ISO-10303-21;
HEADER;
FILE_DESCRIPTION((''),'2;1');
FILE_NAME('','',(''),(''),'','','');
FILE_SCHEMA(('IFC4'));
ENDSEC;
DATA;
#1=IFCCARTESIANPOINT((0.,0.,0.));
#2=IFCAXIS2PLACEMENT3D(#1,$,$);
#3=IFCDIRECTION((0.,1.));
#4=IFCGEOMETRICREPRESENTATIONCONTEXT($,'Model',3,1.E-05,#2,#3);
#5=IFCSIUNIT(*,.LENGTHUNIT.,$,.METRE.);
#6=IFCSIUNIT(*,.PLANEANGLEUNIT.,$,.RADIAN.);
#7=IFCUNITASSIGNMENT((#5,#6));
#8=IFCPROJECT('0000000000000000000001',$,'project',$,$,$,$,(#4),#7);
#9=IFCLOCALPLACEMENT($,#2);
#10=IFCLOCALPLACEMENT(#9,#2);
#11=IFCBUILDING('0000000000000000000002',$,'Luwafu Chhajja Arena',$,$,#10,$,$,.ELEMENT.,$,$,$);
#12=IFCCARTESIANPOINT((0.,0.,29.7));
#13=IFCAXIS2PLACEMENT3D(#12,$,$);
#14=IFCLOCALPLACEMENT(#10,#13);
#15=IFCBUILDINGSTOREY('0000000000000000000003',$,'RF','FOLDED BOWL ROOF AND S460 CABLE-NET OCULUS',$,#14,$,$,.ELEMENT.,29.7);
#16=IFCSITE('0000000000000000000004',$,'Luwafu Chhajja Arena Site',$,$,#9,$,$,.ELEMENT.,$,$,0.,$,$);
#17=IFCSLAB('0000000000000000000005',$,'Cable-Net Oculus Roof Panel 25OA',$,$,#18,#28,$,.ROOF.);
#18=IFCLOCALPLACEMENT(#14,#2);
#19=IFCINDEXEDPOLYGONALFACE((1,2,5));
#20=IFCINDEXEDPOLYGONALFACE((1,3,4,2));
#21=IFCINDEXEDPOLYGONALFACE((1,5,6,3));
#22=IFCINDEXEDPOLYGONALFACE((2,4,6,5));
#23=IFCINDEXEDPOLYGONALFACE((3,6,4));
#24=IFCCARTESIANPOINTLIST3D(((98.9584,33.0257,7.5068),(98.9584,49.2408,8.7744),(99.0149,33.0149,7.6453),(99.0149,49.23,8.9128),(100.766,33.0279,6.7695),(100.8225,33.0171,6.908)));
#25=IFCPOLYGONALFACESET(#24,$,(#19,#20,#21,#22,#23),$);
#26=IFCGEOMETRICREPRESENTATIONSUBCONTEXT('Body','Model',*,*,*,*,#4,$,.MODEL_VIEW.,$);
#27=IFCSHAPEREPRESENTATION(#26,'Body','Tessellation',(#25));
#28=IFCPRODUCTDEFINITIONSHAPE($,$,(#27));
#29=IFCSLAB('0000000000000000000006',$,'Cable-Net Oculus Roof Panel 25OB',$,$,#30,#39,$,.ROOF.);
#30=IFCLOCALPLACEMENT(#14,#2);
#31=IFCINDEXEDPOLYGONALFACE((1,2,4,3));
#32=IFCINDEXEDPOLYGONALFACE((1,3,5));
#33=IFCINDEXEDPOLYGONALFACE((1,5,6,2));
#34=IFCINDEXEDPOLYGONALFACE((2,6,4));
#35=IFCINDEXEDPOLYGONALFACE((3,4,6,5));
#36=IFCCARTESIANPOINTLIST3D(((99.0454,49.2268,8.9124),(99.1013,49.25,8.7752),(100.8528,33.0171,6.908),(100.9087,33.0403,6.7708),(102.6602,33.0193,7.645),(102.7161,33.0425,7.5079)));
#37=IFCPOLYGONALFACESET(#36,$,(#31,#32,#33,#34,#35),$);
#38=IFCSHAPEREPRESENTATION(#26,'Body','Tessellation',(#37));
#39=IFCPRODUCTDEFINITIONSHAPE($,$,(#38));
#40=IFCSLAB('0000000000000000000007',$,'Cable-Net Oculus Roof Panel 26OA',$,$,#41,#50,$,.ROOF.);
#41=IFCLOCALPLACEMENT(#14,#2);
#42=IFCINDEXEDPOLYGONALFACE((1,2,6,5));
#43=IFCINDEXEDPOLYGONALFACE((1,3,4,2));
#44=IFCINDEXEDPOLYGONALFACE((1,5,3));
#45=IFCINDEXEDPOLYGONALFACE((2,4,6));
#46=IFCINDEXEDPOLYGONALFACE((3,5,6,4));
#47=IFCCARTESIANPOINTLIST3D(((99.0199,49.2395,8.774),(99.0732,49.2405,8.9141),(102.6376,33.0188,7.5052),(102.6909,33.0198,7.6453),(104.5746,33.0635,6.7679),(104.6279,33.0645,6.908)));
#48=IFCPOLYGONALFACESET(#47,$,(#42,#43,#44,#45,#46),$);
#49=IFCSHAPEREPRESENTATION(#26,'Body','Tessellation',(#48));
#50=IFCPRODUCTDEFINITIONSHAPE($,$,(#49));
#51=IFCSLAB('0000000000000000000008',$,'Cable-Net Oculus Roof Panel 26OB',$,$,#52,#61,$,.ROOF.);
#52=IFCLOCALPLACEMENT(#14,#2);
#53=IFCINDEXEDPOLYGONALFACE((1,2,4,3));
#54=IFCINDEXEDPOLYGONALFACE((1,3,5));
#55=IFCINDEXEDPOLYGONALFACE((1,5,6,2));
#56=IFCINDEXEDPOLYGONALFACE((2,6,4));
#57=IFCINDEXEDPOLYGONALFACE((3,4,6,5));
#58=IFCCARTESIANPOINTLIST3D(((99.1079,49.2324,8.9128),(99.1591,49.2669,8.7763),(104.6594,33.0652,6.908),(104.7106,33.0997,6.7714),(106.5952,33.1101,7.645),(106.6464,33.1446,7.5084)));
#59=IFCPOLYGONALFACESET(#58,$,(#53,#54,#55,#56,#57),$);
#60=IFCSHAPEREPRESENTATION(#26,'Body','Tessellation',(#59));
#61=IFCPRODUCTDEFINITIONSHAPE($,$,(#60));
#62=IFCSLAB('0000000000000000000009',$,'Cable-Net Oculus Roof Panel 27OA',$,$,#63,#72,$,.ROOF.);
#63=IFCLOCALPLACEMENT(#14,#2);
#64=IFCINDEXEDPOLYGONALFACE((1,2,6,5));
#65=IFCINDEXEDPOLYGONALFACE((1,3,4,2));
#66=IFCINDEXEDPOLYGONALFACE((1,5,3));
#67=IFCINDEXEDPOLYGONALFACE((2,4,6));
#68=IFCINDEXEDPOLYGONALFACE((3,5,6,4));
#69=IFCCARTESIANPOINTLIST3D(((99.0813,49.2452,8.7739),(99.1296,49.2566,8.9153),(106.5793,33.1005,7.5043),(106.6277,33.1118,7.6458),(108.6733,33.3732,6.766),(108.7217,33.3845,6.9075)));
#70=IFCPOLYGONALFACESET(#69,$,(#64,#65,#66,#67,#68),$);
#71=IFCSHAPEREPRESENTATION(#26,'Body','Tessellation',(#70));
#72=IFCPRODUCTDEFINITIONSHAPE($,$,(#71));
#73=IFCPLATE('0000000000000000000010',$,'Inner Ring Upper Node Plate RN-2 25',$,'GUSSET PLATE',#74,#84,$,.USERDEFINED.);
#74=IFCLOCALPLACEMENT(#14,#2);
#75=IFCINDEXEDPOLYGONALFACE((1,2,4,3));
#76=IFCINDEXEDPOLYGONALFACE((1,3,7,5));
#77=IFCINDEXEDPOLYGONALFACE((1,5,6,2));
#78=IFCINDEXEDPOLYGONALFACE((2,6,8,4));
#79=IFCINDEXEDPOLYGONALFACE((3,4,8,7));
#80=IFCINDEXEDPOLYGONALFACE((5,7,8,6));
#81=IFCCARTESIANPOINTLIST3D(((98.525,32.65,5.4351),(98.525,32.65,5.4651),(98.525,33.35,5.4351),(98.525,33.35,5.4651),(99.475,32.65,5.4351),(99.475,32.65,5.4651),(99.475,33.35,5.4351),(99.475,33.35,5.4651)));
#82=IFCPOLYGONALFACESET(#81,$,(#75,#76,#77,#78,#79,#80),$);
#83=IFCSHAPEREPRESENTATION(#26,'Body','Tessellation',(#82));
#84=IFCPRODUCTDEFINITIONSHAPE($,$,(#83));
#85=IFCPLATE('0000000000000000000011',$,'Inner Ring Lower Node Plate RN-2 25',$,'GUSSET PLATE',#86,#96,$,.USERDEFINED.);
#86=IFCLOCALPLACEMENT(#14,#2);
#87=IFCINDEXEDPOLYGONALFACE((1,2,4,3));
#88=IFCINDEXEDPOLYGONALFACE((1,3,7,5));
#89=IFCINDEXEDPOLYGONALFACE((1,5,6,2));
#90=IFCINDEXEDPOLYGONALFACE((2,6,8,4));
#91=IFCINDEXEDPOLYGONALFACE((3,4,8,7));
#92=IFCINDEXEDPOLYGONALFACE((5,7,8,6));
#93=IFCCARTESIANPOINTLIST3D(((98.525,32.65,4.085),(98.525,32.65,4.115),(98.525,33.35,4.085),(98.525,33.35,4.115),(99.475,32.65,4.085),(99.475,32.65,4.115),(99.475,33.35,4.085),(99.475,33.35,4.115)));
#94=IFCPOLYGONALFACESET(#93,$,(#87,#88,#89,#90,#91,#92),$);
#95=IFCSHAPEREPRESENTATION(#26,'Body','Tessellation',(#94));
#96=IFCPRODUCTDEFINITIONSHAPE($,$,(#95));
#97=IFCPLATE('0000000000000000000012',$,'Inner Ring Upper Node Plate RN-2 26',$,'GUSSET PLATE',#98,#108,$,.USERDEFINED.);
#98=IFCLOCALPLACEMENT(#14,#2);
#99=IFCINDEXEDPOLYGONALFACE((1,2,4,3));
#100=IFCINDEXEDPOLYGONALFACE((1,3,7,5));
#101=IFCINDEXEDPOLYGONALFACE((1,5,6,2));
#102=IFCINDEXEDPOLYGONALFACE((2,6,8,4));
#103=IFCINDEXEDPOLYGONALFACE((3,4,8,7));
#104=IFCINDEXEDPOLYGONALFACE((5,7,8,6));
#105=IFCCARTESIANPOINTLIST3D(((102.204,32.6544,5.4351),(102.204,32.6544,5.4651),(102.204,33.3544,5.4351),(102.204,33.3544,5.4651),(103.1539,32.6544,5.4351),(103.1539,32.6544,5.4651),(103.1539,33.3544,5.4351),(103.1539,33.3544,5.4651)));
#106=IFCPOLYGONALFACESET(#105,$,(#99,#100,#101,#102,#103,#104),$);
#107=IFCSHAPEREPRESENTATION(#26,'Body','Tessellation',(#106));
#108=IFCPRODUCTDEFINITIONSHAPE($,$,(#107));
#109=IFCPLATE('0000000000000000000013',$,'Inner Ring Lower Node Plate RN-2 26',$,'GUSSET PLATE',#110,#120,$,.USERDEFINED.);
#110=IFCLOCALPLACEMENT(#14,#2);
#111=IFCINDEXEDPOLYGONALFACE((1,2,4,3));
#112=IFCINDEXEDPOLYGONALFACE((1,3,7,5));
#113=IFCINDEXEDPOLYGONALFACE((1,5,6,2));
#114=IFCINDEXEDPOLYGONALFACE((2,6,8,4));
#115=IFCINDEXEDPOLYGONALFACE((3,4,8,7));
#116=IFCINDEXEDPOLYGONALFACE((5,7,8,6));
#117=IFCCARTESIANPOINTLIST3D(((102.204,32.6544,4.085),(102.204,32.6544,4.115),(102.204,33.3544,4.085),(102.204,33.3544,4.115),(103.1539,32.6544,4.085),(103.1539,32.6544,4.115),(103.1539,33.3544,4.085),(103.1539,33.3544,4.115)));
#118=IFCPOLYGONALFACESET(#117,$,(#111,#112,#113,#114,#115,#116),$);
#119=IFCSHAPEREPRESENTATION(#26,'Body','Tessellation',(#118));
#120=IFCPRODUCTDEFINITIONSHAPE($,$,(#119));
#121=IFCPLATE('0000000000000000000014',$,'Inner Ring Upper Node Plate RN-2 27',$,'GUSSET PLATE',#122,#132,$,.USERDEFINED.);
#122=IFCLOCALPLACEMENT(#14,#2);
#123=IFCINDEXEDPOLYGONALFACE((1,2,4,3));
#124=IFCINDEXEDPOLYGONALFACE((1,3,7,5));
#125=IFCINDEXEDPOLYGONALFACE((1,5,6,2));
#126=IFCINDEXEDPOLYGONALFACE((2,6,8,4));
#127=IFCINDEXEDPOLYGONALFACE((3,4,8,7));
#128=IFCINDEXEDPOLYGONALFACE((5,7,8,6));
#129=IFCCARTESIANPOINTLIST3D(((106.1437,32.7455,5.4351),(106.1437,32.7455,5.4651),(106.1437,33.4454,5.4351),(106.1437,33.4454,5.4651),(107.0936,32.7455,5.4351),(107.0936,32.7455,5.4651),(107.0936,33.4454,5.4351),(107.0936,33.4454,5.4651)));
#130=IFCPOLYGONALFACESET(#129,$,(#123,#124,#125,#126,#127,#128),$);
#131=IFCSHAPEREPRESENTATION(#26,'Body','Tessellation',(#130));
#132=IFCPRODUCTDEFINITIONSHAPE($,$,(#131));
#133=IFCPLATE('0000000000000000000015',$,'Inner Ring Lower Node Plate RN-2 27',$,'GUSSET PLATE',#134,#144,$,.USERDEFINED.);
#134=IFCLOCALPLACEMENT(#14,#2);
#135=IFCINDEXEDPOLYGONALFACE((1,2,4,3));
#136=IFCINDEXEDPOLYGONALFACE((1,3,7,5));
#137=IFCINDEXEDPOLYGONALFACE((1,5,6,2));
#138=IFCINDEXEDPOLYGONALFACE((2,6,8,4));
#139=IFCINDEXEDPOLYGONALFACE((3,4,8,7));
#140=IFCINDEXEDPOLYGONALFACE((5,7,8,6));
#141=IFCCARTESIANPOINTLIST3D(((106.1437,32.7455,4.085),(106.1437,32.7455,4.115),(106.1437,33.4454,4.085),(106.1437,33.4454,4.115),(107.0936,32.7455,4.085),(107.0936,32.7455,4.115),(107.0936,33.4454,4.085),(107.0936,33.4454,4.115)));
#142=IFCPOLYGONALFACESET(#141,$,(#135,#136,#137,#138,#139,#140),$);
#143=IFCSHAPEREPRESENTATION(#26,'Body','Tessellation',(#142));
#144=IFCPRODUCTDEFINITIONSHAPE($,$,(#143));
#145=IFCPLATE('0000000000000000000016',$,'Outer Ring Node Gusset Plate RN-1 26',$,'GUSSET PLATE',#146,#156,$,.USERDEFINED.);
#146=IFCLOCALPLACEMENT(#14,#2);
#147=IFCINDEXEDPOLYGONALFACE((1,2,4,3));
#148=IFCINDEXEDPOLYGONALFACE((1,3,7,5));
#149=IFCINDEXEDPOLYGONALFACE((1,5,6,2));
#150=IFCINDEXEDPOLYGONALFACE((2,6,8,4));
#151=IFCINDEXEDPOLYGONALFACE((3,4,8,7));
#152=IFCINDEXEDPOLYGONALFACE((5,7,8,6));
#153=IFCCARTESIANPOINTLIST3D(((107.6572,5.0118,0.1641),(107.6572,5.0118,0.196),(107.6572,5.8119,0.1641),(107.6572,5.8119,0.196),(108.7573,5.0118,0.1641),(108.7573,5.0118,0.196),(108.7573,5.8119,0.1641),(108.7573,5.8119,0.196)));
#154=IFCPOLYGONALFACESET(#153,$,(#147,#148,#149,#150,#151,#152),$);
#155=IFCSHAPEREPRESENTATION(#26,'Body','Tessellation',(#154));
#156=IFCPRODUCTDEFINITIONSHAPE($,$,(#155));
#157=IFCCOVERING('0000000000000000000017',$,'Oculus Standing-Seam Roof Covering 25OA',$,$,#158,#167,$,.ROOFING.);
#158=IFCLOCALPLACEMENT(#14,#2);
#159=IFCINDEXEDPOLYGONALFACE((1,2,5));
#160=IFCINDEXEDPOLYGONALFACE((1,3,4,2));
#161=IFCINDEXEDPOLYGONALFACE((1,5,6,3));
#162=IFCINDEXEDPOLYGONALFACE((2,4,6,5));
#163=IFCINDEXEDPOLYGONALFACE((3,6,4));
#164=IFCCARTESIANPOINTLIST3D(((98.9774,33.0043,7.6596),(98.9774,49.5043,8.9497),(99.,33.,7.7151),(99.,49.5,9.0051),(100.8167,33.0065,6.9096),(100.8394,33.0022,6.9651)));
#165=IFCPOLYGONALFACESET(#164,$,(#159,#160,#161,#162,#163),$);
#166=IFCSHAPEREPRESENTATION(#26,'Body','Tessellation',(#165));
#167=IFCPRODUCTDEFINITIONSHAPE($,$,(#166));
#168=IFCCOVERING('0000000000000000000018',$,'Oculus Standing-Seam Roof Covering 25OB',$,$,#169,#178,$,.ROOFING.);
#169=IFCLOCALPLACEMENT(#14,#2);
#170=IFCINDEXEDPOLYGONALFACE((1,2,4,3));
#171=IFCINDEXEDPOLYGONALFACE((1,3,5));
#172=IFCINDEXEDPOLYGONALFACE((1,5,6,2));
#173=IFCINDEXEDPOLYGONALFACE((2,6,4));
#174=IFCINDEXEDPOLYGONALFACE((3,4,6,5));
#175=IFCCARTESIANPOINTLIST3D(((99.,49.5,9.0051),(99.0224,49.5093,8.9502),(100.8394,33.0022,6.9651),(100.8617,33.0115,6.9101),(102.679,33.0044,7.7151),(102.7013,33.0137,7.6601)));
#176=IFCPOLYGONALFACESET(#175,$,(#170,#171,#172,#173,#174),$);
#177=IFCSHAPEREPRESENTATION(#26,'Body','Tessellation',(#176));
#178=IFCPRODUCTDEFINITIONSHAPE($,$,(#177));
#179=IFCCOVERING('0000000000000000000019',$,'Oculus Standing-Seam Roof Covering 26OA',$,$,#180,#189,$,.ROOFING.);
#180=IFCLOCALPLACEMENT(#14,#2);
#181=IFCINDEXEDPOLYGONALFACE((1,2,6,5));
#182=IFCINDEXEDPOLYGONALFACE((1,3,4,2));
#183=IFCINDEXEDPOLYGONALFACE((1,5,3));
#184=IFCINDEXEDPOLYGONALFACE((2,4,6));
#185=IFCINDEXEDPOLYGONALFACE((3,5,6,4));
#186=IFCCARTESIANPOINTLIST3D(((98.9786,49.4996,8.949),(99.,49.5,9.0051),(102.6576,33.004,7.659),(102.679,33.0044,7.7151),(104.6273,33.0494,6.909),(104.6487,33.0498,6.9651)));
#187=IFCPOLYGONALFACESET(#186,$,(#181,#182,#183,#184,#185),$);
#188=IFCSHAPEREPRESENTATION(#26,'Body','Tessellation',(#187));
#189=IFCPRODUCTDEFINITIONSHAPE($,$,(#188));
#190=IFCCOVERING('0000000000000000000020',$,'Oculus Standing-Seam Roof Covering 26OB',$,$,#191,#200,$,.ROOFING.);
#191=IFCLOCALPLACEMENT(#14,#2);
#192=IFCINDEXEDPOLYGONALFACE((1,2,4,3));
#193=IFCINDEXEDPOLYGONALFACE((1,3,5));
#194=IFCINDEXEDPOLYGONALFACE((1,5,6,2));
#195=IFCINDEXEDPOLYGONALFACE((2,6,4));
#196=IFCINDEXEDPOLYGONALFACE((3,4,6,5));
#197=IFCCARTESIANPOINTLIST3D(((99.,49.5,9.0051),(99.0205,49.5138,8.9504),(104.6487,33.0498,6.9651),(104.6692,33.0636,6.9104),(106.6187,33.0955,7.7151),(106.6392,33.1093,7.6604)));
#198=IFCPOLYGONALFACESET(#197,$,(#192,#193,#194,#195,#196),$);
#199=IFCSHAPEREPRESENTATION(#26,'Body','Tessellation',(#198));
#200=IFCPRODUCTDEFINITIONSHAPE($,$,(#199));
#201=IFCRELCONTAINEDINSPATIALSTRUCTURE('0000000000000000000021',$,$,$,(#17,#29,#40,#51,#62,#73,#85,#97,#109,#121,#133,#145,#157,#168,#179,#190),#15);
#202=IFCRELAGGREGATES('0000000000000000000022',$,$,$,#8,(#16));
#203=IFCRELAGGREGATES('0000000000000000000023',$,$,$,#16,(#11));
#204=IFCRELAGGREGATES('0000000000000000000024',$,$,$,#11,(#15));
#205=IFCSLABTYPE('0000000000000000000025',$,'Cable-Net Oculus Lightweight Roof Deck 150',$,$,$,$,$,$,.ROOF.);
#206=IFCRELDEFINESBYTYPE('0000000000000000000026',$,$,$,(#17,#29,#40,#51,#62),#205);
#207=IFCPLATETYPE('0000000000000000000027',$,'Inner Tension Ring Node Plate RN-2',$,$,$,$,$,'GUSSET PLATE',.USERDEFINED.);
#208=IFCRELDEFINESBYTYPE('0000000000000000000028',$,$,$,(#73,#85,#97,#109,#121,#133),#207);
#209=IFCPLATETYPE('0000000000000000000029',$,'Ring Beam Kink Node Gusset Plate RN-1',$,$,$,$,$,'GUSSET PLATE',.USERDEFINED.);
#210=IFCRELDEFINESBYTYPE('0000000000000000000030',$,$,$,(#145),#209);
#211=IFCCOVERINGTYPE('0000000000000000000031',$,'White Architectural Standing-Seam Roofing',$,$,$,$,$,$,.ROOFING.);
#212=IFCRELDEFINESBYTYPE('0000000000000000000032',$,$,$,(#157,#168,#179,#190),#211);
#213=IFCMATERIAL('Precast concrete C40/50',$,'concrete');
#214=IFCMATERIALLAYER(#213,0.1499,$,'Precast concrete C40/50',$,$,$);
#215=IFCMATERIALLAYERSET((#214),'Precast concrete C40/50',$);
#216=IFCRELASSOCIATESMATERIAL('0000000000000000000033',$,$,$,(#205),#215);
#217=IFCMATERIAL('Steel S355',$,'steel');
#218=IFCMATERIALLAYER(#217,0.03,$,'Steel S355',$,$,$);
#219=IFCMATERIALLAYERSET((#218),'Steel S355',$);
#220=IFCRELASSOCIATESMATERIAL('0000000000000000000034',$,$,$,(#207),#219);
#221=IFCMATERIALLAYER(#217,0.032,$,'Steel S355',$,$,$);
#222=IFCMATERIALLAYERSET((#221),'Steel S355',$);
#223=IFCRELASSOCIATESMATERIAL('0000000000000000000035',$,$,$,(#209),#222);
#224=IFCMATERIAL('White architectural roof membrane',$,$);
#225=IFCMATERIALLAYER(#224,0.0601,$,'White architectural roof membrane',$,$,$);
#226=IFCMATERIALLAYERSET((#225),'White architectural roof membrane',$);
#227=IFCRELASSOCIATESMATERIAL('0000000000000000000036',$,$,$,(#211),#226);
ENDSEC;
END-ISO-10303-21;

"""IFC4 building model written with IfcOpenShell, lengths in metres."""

from ifc_helpers import new_model, si_unit, direction, frame, origin, origin_2d, place, context, subcontext, project, spatial, polyline, rectangle, outline, extrude, material, layer, layer_set, type_object, element, save


model = new_model("IFC4")

# Units and contexts
model_context = context("Model", 3, precision=1e-05, world=origin(), true_north=direction((0.0, 1.0)))
body_context = subcontext(model_context, "Body", "Model", "MODEL_VIEW")
ifc_project = project(units=[si_unit("LENGTHUNIT", "METRE"), si_unit("PLANEANGLEUNIT", "RADIAN")], contexts=[model_context])

# Site, building, storey
site_placement = place(None, origin())
site = spatial("IfcSite", under=ifc_project, at=site_placement, Name="Luwafu Chhajja Arena Site", CompositionType="ELEMENT", RefElevation=0.0)
building_placement = place(site_placement, origin())
building = spatial("IfcBuilding", under=site, at=building_placement, Name="Luwafu Chhajja Arena", CompositionType="ELEMENT")
storey_placement = place(building_placement, frame((0.0, 0.0, 29.7)))
storey = spatial("IfcBuildingStorey", under=building, at=storey_placement, Name="RF", Description="FOLDED BOWL ROOF AND S460 CABLE-NET OCULUS", CompositionType="ELEMENT", Elevation=29.7)

# Shared definitions
ifc_material_1 = material(Name="Steel S355", Category="steel")

# Slabs
ifc_material_2 = material(Name="Precast concrete C40/50", Category="concrete")
ifc_layer_1 = layer(ifc_material_2, 0.1499, Name="Precast concrete C40/50")
ifc_layer_set_1 = layer_set([ifc_layer_1], Name="Precast concrete C40/50")
slab_type = type_object("IfcSlabType", Name="Cable-Net Oculus Lightweight Roof Deck 150", PredefinedType="ROOF", material=ifc_layer_set_1)
slab_1_placement = place(storey_placement, frame((99.0149, 33.0149, 7.6453), z_axis=(0.376768, -0.072192, 0.92349), x_axis=(0.0, 0.996958, 0.077935)))
element("IfcSlab", 1, at=slab_1_placement, inside=storey, type_object=slab_type, Name="Cable-Net Oculus Roof Panel 25OA", PredefinedType="ROOF", context=body_context, shape_type="SweptSolid", body=[
    extrude(outline(polyline([(0.0, 0.0), (16.2646, 0.0), (-0.0553, -1.9514), (0.0, 0.0)])), origin(), (0.0, 0.0, -1.0), 0.1499),
])
slab_2_placement = place(storey_placement, frame((100.8528, 33.0171, 6.908), z_axis=(-0.372907, -0.154707, 0.91488), x_axis=(-0.109985, 0.986421, 0.121975)))
element("IfcSlab", 2, at=slab_2_placement, inside=storey, type_object=slab_type, Name="Cable-Net Oculus Roof Panel 25OB", PredefinedType="ROOF", context=body_context, shape_type="SweptSolid", body=[
    extrude(outline(polyline([(0.0, 0.0), (16.4329, 0.0), (-0.1067, -1.949), (0.0, 0.0)])), origin(), (0.0, 0.0, -1.0), 0.1499),
])
slab_3_placement = place(storey_placement, frame((102.6909, 33.0198, 7.6453), z_axis=(0.355609, 0.006204, 0.934614), x_axis=(-0.217048, 0.973188, 0.076124)))
element("IfcSlab", 3, at=slab_3_placement, inside=storey, type_object=slab_type, Name="Cable-Net Oculus Roof Panel 26OA", PredefinedType="ROOF", context=body_context, shape_type="SweptSolid", body=[
    extrude(outline(polyline([(0.0, 0.0), (16.6676, 0.0), (-0.4331, -2.0273), (0.0, 0.0)])), origin(), (0.0, 0.0, -1.0), 0.1499),
])
slab_4_placement = place(storey_placement, frame((104.6594, 33.0652, 6.908), z_axis=(-0.341597, -0.230294, 0.911195), x_axis=(-0.322556, 0.939355, 0.116488)))
element("IfcSlab", 4, at=slab_4_placement, inside=storey, type_object=slab_type, Name="Cable-Net Oculus Roof Panel 26OB", PredefinedType="ROOF", context=body_context, shape_type="SweptSolid", body=[
    extrude(outline(polyline([(0.0, 0.0), (17.211, 0.0), (-0.4963, -2.0115), (0.0, 0.0)])), origin(), (0.0, 0.0, -1.0), 0.1499),
])
slab_5_placement = place(storey_placement, frame((106.6277, 33.1118, 7.6458), z_axis=(0.32277, 0.075716, 0.943444), x_axis=(-0.420149, 0.904663, 0.071137)))
element("IfcSlab", 5, at=slab_5_placement, inside=storey, type_object=slab_type, Name="Cable-Net Oculus Roof Panel 27OA", PredefinedType="ROOF", context=body_context, shape_type="SweptSolid", body=[
    extrude(outline(polyline([(0.0, 0.0), (17.8462, 0.0), (-0.6856, -2.1294), (0.0, 0.0)])), origin(), (0.0, 0.0, -1.0), 0.1499),
])

# Plates
ifc_layer_2 = layer(ifc_material_1, 0.03, Name="Steel S355")
ifc_layer_set_2 = layer_set([ifc_layer_2], Name="Steel S355")
plate_type_1 = type_object("IfcPlateType", Name="Inner Tension Ring Node Plate RN-2", ElementType="GUSSET PLATE", PredefinedType="USERDEFINED", material=ifc_layer_set_2)
for number, where, z_axis, x_axis, name in (
    (6, (99.0, 33.0, 5.4351), (0.0, 0.0, 1.0), (1.0, 0.0, 0.0), "Inner Ring Upper Node Plate RN-2 25"),
    (7, (99.0, 33.0, 4.085), (0.0, 0.0, 1.0), (1.0, 0.0, 0.0), "Inner Ring Lower Node Plate RN-2 25"),
    (8, (102.679, 33.0044, 5.4351), (0.0, 0.0, 1.0), (1.0, 0.0, 0.0), "Inner Ring Upper Node Plate RN-2 26"),
    (9, (102.679, 33.0044, 4.085), (0.0, 0.0, 1.0), (1.0, 0.0, 0.0), "Inner Ring Lower Node Plate RN-2 26"),
    (10, (106.6187, 33.0955, 5.4351), (0.0, 0.0, 1.0), (1.0, 0.0, 0.0), "Inner Ring Upper Node Plate RN-2 27"),
    (11, (106.6187, 33.0955, 4.085), (0.0, 0.0, 1.0), (1.0, 0.0, 0.0), "Inner Ring Lower Node Plate RN-2 27"),
):
    element("IfcPlate", number, at=place(storey_placement, frame(where, z_axis=z_axis, x_axis=x_axis)), inside=storey, type_object=plate_type_1, Name=name, ObjectType="GUSSET PLATE", PredefinedType="USERDEFINED", context=body_context, shape_type="SweptSolid", body=[
        extrude(rectangle(XDim=0.95, YDim=0.7, at=origin_2d()), origin(), (0.0, 0.0, 1.0), 0.03),
    ])
ifc_layer_3 = layer(ifc_material_1, 0.032, Name="Steel S355")
ifc_layer_set_3 = layer_set([ifc_layer_3], Name="Steel S355")
plate_type_2 = type_object("IfcPlateType", Name="Ring Beam Kink Node Gusset Plate RN-1", ElementType="GUSSET PLATE", PredefinedType="USERDEFINED", material=ifc_layer_set_3)
plate_placement = place(storey_placement, frame((108.2073, 5.4119, 0.1641), z_axis=(0.0, 0.0, 1.0), x_axis=(1.0, 0.0, 0.0)))
element("IfcPlate", 12, at=plate_placement, inside=storey, type_object=plate_type_2, Name="Outer Ring Node Gusset Plate RN-1 26", ObjectType="GUSSET PLATE", PredefinedType="USERDEFINED", context=body_context, shape_type="SweptSolid", body=[
    extrude(rectangle(XDim=1.1001, YDim=0.8, at=origin_2d()), origin(), (0.0, 0.0, 1.0), 0.032),
])

# Coverings
ifc_material_3 = material(Name="White architectural roof membrane")
ifc_layer_4 = layer(ifc_material_3, 0.0601, Name="White architectural roof membrane")
ifc_layer_set_4 = layer_set([ifc_layer_4], Name="White architectural roof membrane")
covering_type = type_object("IfcCoveringType", Name="White Architectural Standing-Seam Roofing", PredefinedType="ROOFING", material=ifc_layer_set_4)
covering_1_placement = place(storey_placement, frame((99.0, 33.0, 7.7151), z_axis=(0.376659, -0.072206, 0.923534), x_axis=(0.92598, 0.001106, -0.37757)))
element("IfcCovering", 13, at=covering_1_placement, inside=storey, type_object=covering_type, Name="Oculus Standing-Seam Roof Covering 25OA", PredefinedType="ROOFING", context=body_context, shape_type="SweptSolid", body=[
    extrude(outline(polyline([(0.0, 0.0), (1.9864, 0.0), (-0.4688, 16.5437), (0.0, 0.0)])), origin(), (0.0, 0.0, -1.0), 0.0601),
])
covering_2_placement = place(storey_placement, frame((100.8394, 33.0022, 6.9651), z_axis=(-0.372824, -0.154701, 0.914915), x_axis=(0.925998, 0.001106, 0.377527)))
element("IfcCovering", 14, at=covering_2_placement, inside=storey, type_object=covering_type, Name="Oculus Standing-Seam Roof Covering 25OB", PredefinedType="ROOFING", context=body_context, shape_type="SweptSolid", body=[
    extrude(outline(polyline([(0.0, 0.0), (1.9866, 0.0), (-0.9148, 16.6999), (0.0, 0.0)])), origin(), (0.0, 0.0, -1.0), 0.0601),
])
covering_3_placement = place(storey_placement, frame((102.679, 33.0044, 7.7151), z_axis=(0.355709, 0.006244, 0.934576), x_axis=(0.93433, 0.02154, -0.355759)))
element("IfcCovering", 15, at=covering_3_placement, inside=storey, type_object=covering_type, Name="Oculus Standing-Seam Roof Covering 26OA", PredefinedType="ROOFING", context=body_context, shape_type="SweptSolid", body=[
    extrude(outline(polyline([(0.0, 0.0), (2.1082, 0.0), (-3.541, 16.576), (0.0, 0.0)])), origin(), (0.0, 0.0, -1.0), 0.0601),
])
covering_4_placement = place(storey_placement, frame((104.6487, 33.0498, 6.9651), z_axis=(-0.341573, -0.230291, 0.911205), x_axis=(0.934342, 0.021653, 0.355719)))
element("IfcCovering", 16, at=covering_4_placement, inside=storey, type_object=covering_type, Name="Oculus Standing-Seam Roof Covering 26OB", PredefinedType="ROOFING", context=body_context, shape_type="SweptSolid", body=[
    extrude(outline(polyline([(0.0, 0.0), (2.1084, 0.0), (-4.1959, 17.0021), (0.0, 0.0)])), origin(), (0.0, 0.0, -1.0), 0.0601),
])

save(model, "model.ifc")
